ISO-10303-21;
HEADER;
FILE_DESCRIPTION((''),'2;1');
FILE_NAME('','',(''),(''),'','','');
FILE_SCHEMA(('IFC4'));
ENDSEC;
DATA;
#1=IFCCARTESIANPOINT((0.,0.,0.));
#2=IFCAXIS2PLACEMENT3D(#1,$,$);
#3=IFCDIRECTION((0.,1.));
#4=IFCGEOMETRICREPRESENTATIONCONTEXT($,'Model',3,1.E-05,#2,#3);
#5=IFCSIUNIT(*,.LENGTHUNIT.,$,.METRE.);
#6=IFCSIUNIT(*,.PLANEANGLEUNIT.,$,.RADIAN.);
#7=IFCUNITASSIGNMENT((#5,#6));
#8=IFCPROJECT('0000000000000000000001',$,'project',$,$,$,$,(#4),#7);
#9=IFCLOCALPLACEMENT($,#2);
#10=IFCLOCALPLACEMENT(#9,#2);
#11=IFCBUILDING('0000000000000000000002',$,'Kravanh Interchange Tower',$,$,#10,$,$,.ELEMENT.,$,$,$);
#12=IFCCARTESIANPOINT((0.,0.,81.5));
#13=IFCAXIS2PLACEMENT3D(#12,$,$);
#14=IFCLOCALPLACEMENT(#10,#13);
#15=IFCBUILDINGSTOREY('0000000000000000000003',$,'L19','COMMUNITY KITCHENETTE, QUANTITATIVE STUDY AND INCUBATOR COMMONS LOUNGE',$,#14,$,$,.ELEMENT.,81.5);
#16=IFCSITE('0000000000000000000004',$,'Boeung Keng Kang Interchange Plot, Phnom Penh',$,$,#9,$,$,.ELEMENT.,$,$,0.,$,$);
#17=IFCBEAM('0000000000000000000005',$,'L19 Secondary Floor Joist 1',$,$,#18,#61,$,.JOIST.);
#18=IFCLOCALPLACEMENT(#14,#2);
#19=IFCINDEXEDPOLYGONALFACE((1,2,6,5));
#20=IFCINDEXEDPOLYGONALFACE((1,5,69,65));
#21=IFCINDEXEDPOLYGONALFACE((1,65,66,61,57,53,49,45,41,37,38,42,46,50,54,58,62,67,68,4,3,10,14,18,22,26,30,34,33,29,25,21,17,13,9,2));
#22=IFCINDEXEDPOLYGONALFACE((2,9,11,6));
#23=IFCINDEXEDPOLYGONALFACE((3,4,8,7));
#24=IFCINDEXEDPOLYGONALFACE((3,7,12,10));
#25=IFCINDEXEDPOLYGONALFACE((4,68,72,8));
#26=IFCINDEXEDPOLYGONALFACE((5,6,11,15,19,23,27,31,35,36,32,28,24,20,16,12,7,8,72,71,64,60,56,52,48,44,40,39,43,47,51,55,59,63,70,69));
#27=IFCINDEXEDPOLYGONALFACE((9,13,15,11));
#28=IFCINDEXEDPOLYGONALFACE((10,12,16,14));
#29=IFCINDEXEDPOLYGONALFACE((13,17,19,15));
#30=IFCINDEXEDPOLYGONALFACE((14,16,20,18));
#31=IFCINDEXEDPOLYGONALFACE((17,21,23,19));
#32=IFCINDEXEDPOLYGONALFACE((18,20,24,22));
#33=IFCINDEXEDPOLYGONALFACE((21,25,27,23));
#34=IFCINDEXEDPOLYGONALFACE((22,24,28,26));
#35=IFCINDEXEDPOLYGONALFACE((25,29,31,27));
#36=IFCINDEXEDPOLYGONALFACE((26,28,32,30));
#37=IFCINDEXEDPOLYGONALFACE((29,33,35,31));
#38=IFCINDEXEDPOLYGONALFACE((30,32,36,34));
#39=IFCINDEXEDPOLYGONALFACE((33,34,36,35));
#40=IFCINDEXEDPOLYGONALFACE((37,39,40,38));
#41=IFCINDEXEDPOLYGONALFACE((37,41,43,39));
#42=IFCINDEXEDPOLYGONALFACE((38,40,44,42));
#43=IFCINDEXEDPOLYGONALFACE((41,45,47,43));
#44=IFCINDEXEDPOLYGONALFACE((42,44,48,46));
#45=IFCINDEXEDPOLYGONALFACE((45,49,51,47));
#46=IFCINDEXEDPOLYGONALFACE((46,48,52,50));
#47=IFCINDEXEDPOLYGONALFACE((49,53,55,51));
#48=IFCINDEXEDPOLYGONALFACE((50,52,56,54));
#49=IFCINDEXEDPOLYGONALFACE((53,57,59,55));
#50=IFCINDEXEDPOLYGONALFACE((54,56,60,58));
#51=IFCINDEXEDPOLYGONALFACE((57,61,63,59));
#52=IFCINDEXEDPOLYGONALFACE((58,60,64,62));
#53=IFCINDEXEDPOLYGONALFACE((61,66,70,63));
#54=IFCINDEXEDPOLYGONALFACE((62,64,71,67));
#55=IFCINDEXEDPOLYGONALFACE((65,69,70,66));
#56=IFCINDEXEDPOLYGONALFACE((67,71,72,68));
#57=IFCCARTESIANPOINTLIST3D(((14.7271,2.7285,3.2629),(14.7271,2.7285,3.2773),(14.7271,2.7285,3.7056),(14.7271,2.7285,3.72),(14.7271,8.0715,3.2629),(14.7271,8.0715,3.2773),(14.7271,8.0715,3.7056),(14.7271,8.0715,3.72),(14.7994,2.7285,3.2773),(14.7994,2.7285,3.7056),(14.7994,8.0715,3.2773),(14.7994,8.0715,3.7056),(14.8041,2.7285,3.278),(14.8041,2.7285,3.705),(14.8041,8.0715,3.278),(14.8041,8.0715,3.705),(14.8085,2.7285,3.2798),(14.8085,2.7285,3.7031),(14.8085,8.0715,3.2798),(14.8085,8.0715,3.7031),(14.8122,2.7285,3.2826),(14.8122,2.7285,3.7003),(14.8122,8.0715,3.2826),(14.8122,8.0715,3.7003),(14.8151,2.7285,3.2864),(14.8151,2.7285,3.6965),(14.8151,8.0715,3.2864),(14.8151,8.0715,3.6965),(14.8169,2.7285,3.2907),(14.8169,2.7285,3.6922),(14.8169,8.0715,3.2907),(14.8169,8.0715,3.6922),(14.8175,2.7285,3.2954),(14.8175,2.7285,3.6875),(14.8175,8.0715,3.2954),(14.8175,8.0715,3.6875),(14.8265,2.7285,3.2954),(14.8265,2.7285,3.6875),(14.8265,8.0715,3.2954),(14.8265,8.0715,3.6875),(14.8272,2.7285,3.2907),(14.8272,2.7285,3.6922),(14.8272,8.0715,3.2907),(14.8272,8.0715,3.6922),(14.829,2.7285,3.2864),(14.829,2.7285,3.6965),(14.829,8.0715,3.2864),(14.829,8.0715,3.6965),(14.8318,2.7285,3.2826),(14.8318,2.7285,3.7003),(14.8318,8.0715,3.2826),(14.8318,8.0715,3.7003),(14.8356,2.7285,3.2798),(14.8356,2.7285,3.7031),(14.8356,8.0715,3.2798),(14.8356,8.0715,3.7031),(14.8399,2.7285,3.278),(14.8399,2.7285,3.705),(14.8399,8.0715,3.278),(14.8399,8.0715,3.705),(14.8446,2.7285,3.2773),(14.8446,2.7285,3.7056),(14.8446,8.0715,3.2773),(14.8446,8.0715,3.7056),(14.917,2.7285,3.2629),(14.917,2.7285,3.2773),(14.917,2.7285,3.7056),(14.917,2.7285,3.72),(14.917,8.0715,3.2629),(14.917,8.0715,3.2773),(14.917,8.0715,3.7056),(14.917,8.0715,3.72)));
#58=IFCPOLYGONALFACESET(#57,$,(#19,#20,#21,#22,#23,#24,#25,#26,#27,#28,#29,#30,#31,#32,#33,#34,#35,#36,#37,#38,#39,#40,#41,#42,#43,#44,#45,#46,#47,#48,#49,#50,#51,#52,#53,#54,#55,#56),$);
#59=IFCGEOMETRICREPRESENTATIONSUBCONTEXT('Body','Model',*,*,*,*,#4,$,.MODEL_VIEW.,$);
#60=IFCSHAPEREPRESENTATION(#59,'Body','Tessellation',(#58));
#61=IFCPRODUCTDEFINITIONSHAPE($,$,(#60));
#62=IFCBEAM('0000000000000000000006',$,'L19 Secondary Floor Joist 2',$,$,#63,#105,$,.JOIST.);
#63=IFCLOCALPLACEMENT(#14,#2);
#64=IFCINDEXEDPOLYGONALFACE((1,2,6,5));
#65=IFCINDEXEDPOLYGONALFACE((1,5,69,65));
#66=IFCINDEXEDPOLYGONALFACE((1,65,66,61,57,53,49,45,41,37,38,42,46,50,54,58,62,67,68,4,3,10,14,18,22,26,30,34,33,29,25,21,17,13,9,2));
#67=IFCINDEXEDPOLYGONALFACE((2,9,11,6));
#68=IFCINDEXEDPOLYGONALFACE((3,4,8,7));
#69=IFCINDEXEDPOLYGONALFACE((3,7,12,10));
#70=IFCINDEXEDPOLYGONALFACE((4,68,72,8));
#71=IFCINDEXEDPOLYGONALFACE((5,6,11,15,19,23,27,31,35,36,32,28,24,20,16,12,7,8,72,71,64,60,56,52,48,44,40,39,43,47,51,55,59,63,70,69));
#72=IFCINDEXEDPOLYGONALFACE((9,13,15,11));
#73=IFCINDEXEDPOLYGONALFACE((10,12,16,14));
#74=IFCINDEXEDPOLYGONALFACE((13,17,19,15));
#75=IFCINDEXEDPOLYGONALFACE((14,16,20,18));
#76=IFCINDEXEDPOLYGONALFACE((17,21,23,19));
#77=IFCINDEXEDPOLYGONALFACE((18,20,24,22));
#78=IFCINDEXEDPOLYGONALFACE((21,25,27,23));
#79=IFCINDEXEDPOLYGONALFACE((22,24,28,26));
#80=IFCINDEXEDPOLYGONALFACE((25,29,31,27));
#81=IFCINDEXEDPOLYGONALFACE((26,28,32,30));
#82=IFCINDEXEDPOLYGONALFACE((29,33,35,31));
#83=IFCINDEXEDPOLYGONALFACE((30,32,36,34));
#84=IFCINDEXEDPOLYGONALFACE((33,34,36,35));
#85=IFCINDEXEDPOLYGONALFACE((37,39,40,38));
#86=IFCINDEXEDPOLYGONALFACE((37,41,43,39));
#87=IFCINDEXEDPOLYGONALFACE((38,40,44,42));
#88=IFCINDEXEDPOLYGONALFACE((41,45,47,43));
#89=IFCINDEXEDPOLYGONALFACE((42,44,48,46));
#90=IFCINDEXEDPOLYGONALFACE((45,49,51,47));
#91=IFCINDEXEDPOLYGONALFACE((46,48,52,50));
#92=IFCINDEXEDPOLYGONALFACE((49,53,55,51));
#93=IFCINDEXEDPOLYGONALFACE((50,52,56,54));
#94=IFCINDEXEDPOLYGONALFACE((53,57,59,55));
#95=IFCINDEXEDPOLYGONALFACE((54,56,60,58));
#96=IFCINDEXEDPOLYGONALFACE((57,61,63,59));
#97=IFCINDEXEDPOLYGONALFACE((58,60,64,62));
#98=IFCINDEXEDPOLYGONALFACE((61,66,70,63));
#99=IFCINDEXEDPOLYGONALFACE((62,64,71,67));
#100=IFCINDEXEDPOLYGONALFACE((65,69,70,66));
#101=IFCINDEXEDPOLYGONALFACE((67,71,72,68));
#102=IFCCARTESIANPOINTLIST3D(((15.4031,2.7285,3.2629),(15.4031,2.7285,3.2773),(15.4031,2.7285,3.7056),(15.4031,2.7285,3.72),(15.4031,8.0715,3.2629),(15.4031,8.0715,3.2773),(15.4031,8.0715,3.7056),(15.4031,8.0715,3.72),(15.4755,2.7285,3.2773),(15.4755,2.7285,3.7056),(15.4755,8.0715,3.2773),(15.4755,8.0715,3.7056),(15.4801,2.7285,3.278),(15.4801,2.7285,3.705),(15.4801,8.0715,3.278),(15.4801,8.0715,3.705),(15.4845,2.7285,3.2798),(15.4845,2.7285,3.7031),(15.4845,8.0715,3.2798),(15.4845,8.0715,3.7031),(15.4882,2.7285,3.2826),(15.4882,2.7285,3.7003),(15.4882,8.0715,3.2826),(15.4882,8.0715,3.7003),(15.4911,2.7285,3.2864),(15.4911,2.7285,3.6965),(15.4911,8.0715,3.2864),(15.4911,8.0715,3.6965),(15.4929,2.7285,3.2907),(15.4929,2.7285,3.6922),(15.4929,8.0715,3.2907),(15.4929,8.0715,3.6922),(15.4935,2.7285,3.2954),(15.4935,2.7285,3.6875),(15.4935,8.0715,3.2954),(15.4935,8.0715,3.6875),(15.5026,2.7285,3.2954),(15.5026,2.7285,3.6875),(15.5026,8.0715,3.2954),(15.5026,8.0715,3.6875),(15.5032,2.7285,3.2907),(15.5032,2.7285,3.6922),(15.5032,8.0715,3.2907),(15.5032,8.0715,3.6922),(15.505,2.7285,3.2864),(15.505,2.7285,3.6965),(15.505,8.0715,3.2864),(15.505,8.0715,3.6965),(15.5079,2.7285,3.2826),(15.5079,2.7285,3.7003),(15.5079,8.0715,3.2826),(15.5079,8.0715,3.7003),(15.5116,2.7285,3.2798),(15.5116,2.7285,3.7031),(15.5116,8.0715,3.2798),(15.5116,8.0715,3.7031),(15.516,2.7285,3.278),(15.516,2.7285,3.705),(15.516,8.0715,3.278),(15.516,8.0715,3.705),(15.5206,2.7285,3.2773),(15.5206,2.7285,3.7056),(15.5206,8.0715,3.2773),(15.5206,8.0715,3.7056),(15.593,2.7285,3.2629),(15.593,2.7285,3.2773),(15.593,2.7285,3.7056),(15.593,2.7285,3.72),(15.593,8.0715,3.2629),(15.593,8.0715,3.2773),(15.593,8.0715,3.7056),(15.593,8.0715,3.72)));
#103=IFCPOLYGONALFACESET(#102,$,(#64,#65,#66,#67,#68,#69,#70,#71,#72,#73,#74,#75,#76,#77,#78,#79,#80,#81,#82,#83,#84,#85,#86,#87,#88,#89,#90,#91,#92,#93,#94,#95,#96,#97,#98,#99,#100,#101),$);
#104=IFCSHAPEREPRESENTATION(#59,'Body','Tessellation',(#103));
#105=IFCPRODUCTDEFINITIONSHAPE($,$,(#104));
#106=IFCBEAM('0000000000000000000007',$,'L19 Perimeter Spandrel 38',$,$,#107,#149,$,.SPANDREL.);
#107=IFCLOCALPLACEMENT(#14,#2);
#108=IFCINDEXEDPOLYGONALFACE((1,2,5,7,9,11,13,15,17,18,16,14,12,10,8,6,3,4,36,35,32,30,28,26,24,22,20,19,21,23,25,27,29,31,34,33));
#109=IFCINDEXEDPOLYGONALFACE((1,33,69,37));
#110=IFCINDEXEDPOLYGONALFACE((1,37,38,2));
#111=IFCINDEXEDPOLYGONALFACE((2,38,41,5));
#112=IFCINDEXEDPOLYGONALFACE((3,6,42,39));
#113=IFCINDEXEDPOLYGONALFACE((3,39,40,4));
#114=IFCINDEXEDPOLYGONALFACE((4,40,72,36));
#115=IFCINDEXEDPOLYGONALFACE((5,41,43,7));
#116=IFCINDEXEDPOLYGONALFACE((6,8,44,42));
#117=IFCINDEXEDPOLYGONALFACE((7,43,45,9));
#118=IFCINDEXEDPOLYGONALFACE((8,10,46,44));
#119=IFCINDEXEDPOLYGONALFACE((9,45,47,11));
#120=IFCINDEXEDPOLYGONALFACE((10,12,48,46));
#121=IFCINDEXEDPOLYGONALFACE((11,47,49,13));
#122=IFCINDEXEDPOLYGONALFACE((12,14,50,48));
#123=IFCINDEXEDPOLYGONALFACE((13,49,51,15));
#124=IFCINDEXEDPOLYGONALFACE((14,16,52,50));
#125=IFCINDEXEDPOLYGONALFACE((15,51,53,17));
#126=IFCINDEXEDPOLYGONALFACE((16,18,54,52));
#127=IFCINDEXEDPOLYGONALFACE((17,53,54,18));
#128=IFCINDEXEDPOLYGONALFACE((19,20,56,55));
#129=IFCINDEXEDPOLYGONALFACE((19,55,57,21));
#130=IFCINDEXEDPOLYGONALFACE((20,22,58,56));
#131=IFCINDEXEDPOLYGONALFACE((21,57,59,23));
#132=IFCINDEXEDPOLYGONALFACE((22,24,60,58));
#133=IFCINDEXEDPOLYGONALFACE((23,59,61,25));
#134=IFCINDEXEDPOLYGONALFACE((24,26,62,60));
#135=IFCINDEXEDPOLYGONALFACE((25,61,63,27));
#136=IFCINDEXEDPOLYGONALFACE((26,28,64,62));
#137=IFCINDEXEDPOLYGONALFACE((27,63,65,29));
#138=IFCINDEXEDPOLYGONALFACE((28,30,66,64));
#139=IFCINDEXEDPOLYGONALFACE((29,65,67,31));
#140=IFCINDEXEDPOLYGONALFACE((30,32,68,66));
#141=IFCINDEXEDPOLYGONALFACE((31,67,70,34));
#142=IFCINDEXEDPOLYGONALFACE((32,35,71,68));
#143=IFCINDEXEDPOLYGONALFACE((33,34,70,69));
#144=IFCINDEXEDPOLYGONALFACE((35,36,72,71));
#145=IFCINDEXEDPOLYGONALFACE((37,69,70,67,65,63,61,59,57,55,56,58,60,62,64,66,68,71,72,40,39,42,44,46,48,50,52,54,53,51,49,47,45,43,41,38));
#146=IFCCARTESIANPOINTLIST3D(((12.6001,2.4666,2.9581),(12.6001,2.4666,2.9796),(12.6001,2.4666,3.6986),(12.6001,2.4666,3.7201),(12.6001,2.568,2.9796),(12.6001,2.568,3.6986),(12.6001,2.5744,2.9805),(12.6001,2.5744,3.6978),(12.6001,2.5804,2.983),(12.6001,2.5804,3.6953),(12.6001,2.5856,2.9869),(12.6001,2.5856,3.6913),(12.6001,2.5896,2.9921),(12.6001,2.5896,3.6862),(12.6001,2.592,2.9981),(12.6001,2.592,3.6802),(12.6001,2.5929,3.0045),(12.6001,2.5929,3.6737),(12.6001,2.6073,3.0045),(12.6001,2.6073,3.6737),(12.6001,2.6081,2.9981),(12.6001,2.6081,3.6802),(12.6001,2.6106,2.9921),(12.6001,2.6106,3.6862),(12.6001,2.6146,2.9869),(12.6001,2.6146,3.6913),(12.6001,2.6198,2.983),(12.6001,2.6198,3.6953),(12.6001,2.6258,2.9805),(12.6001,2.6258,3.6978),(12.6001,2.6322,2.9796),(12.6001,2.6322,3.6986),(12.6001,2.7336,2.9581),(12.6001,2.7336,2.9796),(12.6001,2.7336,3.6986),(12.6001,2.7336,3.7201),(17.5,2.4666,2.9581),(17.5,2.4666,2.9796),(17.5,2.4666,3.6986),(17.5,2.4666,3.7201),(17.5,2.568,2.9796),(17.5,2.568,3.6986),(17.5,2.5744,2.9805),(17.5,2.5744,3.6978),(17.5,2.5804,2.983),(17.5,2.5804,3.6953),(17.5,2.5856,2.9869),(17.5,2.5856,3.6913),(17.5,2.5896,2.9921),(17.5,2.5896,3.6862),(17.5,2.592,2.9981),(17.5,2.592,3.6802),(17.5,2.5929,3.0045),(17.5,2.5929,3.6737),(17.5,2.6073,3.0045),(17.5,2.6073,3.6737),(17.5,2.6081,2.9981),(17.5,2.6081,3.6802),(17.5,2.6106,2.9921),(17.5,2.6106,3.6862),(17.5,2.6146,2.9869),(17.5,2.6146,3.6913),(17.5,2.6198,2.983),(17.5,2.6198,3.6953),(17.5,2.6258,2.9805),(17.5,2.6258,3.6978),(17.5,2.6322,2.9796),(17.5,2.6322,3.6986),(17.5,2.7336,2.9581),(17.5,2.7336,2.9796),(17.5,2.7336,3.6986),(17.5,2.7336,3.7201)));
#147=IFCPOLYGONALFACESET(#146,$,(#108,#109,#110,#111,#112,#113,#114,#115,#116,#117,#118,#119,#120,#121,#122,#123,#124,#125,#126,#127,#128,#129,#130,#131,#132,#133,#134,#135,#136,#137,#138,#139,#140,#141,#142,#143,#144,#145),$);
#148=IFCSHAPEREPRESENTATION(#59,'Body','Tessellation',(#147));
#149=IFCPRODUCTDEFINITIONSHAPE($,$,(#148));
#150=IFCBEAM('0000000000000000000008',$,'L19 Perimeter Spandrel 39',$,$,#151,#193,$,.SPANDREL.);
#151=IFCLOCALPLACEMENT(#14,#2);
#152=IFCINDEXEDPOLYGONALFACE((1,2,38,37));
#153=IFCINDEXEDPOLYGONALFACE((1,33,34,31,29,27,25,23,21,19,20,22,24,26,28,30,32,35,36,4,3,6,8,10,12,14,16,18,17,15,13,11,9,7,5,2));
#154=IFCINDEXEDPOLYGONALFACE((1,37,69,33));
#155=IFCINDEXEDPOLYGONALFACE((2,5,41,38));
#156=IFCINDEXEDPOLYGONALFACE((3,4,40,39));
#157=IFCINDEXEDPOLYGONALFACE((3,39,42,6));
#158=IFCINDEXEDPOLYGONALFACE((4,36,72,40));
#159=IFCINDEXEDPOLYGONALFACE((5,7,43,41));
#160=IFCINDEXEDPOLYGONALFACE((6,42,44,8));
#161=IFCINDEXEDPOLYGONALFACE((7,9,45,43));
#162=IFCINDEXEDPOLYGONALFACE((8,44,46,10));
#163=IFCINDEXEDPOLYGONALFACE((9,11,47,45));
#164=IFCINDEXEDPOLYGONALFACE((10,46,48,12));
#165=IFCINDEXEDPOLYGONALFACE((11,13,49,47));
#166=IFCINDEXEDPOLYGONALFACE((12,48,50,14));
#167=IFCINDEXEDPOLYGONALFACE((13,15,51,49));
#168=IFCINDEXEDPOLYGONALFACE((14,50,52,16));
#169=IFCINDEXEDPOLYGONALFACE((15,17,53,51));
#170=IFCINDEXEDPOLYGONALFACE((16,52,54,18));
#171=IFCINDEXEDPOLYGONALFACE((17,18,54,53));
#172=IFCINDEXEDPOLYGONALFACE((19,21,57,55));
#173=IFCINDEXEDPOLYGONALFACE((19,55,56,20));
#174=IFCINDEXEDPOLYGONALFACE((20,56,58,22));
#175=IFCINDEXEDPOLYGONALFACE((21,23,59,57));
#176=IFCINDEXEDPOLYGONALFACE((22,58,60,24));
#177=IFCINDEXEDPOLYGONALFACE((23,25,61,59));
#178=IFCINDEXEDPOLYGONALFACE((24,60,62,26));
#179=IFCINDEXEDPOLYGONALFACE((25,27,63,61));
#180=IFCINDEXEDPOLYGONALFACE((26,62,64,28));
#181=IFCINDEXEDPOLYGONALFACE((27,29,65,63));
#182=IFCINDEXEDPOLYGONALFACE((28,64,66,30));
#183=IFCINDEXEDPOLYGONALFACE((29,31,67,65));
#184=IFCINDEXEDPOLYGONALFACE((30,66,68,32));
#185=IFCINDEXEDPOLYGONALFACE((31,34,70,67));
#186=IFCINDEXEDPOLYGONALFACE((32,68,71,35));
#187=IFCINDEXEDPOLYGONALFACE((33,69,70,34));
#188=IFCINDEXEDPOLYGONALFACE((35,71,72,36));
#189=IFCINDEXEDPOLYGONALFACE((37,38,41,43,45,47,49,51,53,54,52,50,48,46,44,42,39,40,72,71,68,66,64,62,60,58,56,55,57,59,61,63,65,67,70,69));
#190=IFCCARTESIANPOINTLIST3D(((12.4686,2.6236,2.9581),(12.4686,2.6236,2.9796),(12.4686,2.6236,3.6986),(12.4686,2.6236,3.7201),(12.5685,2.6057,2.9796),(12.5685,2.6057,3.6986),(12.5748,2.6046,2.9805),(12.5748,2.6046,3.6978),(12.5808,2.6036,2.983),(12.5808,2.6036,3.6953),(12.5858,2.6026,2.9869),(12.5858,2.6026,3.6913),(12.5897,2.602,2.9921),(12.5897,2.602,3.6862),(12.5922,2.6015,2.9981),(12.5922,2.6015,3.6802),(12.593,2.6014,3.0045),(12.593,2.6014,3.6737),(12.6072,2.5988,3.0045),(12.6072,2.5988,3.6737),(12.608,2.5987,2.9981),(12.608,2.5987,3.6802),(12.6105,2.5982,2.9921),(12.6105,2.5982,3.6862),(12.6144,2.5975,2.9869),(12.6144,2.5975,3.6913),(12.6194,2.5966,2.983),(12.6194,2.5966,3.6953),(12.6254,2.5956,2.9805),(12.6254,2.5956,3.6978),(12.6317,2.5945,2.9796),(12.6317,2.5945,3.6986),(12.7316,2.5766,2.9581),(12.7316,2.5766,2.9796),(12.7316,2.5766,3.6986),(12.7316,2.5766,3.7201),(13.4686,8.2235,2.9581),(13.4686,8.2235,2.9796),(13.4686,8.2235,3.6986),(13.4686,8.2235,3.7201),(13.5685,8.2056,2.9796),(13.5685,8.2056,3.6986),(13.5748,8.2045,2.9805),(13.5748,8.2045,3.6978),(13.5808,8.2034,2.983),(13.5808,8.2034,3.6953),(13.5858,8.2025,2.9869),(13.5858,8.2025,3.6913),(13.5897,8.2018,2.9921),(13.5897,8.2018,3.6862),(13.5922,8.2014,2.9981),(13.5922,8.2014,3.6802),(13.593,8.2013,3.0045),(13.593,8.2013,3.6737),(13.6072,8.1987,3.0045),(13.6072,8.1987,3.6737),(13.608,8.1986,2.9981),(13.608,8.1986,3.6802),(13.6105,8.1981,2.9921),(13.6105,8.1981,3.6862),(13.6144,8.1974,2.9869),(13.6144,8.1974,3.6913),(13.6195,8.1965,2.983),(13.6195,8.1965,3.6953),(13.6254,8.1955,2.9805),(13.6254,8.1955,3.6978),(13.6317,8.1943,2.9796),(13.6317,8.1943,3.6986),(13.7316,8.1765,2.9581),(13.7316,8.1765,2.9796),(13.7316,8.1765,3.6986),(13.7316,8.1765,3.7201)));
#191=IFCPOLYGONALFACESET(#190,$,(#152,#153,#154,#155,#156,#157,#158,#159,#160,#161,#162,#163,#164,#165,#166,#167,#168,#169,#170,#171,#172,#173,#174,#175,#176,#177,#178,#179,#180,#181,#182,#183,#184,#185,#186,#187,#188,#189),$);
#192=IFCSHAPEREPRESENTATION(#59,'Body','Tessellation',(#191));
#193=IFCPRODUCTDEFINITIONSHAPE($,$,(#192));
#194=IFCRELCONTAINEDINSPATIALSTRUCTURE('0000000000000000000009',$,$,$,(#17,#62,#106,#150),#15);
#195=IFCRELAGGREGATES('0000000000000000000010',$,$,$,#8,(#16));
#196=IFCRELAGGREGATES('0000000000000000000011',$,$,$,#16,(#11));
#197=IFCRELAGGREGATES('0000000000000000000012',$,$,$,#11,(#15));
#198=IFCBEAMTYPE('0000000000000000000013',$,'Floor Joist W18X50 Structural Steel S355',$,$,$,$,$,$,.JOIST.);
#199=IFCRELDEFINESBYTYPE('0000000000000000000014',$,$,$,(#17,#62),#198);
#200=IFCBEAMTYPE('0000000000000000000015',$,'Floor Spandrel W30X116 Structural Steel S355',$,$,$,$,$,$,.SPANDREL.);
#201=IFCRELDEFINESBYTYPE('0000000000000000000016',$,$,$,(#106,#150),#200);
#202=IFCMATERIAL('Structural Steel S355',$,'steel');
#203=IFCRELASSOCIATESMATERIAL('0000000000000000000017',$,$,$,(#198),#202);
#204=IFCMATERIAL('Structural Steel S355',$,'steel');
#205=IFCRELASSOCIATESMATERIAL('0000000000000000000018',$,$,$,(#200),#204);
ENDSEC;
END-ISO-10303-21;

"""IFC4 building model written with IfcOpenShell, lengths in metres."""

from ifc_helpers import new_model, si_unit, direction, frame, origin, origin_2d, place, context, subcontext, project, spatial, i_section, extrude, material, material_profile, profile_set, type_object, element, save


model = new_model("IFC4")

# Units and contexts
model_context = context("Model", 3, precision=1e-05, world=origin(), true_north=direction((0.0, 1.0)))
body_context = subcontext(model_context, "Body", "Model", "MODEL_VIEW")
ifc_project = project(units=[si_unit("LENGTHUNIT", "METRE"), si_unit("PLANEANGLEUNIT", "RADIAN")], contexts=[model_context])

# Site, building, storey
site_placement = place(None, origin())
site = spatial("IfcSite", under=ifc_project, at=site_placement, Name="Boeung Keng Kang Interchange Plot, Phnom Penh", CompositionType="ELEMENT", RefElevation=0.0)
building_placement = place(site_placement, origin())
building = spatial("IfcBuilding", under=site, at=building_placement, Name="Kravanh Interchange Tower", CompositionType="ELEMENT")
storey_placement = place(building_placement, frame((0.0, 0.0, 81.5)))
storey = spatial("IfcBuildingStorey", under=building, at=storey_placement, Name="L19", Description="COMMUNITY KITCHENETTE, QUANTITATIVE STUDY AND INCUBATOR COMMONS LOUNGE", CompositionType="ELEMENT", Elevation=81.5)

# Beams
ifc_material_1 = material(Name="Structural Steel S355", Category="steel")
ifc_material_profile_1 = material_profile(ifc_material_1, i_section(OverallWidth=0.1899, OverallDepth=0.457, WebThickness=0.009, FlangeThickness=0.0144, FilletRadius=0.0181, at=origin_2d()), Name="W18X50")
ifc_profile_set_1 = profile_set([ifc_material_profile_1], Name="Structural Steel S355")
beam_type_1 = type_object("IfcBeamType", Name="Floor Joist W18X50 Structural Steel S355", PredefinedType="JOIST", material=ifc_profile_set_1)
for number, where, z_axis, x_axis, name in (
    (1, (14.822, 2.7285, 3.4915), (0.0, 1.0, 0.0), (-1.0, 0.0, 0.0), "L19 Secondary Floor Joist 1"),
    (2, (15.498, 2.7285, 3.4915), (0.0, 1.0, 0.0), (-1.0, 0.0, 0.0), "L19 Secondary Floor Joist 2"),
):
    element("IfcBeam", number, at=place(storey_placement, frame(where, z_axis=z_axis, x_axis=x_axis)), inside=storey, type_object=beam_type_1, Name=name, PredefinedType="JOIST", context=body_context, shape_type="SweptSolid", body=[
        extrude(i_section(OverallWidth=0.1899, OverallDepth=0.457, WebThickness=0.009, FlangeThickness=0.0144, FilletRadius=0.0181, at=origin_2d()), origin(), (0.0, 0.0, 1.0), 5.343),
    ])
ifc_material_2 = material(Name="Structural Steel S355", Category="steel")
ifc_material_profile_2 = material_profile(ifc_material_2, i_section(OverallWidth=0.2671, OverallDepth=0.762, WebThickness=0.0144, FlangeThickness=0.0215, FilletRadius=0.0249, at=origin_2d()), Name="W30X116")
ifc_profile_set_2 = profile_set([ifc_material_profile_2], Name="Structural Steel S355")
beam_type_2 = type_object("IfcBeamType", Name="Floor Spandrel W30X116 Structural Steel S355", PredefinedType="SPANDREL", material=ifc_profile_set_2)
beam_1_placement = place(storey_placement, frame((12.6001, 2.6001, 3.3391), z_axis=(1.0, 0.0, 0.0), x_axis=(0.0, 1.0, 0.0)))
element("IfcBeam", 3, at=beam_1_placement, inside=storey, type_object=beam_type_2, Name="L19 Perimeter Spandrel 38", PredefinedType="SPANDREL", context=body_context, shape_type="SweptSolid", body=[
    extrude(i_section(OverallWidth=0.2671, OverallDepth=0.762, WebThickness=0.0144, FlangeThickness=0.0215, FilletRadius=0.0249, at=origin_2d()), origin(), (0.0, 0.0, 1.0), 4.8999),
])
beam_2_placement = place(storey_placement, frame((12.6001, 2.6001, 3.3391), z_axis=(0.175795, 0.984427, 0.0), x_axis=(-0.984427, 0.175795, 0.0)))
element("IfcBeam", 4, at=beam_2_placement, inside=storey, type_object=beam_type_2, Name="L19 Perimeter Spandrel 39", PredefinedType="SPANDREL", context=body_context, shape_type="SweptSolid", body=[
    extrude(i_section(OverallWidth=0.2671, OverallDepth=0.762, WebThickness=0.0144, FlangeThickness=0.0215, FilletRadius=0.0249, at=origin_2d()), origin(), (0.0, 0.0, 1.0), 5.6885),
])

save(model, "model.ifc")
